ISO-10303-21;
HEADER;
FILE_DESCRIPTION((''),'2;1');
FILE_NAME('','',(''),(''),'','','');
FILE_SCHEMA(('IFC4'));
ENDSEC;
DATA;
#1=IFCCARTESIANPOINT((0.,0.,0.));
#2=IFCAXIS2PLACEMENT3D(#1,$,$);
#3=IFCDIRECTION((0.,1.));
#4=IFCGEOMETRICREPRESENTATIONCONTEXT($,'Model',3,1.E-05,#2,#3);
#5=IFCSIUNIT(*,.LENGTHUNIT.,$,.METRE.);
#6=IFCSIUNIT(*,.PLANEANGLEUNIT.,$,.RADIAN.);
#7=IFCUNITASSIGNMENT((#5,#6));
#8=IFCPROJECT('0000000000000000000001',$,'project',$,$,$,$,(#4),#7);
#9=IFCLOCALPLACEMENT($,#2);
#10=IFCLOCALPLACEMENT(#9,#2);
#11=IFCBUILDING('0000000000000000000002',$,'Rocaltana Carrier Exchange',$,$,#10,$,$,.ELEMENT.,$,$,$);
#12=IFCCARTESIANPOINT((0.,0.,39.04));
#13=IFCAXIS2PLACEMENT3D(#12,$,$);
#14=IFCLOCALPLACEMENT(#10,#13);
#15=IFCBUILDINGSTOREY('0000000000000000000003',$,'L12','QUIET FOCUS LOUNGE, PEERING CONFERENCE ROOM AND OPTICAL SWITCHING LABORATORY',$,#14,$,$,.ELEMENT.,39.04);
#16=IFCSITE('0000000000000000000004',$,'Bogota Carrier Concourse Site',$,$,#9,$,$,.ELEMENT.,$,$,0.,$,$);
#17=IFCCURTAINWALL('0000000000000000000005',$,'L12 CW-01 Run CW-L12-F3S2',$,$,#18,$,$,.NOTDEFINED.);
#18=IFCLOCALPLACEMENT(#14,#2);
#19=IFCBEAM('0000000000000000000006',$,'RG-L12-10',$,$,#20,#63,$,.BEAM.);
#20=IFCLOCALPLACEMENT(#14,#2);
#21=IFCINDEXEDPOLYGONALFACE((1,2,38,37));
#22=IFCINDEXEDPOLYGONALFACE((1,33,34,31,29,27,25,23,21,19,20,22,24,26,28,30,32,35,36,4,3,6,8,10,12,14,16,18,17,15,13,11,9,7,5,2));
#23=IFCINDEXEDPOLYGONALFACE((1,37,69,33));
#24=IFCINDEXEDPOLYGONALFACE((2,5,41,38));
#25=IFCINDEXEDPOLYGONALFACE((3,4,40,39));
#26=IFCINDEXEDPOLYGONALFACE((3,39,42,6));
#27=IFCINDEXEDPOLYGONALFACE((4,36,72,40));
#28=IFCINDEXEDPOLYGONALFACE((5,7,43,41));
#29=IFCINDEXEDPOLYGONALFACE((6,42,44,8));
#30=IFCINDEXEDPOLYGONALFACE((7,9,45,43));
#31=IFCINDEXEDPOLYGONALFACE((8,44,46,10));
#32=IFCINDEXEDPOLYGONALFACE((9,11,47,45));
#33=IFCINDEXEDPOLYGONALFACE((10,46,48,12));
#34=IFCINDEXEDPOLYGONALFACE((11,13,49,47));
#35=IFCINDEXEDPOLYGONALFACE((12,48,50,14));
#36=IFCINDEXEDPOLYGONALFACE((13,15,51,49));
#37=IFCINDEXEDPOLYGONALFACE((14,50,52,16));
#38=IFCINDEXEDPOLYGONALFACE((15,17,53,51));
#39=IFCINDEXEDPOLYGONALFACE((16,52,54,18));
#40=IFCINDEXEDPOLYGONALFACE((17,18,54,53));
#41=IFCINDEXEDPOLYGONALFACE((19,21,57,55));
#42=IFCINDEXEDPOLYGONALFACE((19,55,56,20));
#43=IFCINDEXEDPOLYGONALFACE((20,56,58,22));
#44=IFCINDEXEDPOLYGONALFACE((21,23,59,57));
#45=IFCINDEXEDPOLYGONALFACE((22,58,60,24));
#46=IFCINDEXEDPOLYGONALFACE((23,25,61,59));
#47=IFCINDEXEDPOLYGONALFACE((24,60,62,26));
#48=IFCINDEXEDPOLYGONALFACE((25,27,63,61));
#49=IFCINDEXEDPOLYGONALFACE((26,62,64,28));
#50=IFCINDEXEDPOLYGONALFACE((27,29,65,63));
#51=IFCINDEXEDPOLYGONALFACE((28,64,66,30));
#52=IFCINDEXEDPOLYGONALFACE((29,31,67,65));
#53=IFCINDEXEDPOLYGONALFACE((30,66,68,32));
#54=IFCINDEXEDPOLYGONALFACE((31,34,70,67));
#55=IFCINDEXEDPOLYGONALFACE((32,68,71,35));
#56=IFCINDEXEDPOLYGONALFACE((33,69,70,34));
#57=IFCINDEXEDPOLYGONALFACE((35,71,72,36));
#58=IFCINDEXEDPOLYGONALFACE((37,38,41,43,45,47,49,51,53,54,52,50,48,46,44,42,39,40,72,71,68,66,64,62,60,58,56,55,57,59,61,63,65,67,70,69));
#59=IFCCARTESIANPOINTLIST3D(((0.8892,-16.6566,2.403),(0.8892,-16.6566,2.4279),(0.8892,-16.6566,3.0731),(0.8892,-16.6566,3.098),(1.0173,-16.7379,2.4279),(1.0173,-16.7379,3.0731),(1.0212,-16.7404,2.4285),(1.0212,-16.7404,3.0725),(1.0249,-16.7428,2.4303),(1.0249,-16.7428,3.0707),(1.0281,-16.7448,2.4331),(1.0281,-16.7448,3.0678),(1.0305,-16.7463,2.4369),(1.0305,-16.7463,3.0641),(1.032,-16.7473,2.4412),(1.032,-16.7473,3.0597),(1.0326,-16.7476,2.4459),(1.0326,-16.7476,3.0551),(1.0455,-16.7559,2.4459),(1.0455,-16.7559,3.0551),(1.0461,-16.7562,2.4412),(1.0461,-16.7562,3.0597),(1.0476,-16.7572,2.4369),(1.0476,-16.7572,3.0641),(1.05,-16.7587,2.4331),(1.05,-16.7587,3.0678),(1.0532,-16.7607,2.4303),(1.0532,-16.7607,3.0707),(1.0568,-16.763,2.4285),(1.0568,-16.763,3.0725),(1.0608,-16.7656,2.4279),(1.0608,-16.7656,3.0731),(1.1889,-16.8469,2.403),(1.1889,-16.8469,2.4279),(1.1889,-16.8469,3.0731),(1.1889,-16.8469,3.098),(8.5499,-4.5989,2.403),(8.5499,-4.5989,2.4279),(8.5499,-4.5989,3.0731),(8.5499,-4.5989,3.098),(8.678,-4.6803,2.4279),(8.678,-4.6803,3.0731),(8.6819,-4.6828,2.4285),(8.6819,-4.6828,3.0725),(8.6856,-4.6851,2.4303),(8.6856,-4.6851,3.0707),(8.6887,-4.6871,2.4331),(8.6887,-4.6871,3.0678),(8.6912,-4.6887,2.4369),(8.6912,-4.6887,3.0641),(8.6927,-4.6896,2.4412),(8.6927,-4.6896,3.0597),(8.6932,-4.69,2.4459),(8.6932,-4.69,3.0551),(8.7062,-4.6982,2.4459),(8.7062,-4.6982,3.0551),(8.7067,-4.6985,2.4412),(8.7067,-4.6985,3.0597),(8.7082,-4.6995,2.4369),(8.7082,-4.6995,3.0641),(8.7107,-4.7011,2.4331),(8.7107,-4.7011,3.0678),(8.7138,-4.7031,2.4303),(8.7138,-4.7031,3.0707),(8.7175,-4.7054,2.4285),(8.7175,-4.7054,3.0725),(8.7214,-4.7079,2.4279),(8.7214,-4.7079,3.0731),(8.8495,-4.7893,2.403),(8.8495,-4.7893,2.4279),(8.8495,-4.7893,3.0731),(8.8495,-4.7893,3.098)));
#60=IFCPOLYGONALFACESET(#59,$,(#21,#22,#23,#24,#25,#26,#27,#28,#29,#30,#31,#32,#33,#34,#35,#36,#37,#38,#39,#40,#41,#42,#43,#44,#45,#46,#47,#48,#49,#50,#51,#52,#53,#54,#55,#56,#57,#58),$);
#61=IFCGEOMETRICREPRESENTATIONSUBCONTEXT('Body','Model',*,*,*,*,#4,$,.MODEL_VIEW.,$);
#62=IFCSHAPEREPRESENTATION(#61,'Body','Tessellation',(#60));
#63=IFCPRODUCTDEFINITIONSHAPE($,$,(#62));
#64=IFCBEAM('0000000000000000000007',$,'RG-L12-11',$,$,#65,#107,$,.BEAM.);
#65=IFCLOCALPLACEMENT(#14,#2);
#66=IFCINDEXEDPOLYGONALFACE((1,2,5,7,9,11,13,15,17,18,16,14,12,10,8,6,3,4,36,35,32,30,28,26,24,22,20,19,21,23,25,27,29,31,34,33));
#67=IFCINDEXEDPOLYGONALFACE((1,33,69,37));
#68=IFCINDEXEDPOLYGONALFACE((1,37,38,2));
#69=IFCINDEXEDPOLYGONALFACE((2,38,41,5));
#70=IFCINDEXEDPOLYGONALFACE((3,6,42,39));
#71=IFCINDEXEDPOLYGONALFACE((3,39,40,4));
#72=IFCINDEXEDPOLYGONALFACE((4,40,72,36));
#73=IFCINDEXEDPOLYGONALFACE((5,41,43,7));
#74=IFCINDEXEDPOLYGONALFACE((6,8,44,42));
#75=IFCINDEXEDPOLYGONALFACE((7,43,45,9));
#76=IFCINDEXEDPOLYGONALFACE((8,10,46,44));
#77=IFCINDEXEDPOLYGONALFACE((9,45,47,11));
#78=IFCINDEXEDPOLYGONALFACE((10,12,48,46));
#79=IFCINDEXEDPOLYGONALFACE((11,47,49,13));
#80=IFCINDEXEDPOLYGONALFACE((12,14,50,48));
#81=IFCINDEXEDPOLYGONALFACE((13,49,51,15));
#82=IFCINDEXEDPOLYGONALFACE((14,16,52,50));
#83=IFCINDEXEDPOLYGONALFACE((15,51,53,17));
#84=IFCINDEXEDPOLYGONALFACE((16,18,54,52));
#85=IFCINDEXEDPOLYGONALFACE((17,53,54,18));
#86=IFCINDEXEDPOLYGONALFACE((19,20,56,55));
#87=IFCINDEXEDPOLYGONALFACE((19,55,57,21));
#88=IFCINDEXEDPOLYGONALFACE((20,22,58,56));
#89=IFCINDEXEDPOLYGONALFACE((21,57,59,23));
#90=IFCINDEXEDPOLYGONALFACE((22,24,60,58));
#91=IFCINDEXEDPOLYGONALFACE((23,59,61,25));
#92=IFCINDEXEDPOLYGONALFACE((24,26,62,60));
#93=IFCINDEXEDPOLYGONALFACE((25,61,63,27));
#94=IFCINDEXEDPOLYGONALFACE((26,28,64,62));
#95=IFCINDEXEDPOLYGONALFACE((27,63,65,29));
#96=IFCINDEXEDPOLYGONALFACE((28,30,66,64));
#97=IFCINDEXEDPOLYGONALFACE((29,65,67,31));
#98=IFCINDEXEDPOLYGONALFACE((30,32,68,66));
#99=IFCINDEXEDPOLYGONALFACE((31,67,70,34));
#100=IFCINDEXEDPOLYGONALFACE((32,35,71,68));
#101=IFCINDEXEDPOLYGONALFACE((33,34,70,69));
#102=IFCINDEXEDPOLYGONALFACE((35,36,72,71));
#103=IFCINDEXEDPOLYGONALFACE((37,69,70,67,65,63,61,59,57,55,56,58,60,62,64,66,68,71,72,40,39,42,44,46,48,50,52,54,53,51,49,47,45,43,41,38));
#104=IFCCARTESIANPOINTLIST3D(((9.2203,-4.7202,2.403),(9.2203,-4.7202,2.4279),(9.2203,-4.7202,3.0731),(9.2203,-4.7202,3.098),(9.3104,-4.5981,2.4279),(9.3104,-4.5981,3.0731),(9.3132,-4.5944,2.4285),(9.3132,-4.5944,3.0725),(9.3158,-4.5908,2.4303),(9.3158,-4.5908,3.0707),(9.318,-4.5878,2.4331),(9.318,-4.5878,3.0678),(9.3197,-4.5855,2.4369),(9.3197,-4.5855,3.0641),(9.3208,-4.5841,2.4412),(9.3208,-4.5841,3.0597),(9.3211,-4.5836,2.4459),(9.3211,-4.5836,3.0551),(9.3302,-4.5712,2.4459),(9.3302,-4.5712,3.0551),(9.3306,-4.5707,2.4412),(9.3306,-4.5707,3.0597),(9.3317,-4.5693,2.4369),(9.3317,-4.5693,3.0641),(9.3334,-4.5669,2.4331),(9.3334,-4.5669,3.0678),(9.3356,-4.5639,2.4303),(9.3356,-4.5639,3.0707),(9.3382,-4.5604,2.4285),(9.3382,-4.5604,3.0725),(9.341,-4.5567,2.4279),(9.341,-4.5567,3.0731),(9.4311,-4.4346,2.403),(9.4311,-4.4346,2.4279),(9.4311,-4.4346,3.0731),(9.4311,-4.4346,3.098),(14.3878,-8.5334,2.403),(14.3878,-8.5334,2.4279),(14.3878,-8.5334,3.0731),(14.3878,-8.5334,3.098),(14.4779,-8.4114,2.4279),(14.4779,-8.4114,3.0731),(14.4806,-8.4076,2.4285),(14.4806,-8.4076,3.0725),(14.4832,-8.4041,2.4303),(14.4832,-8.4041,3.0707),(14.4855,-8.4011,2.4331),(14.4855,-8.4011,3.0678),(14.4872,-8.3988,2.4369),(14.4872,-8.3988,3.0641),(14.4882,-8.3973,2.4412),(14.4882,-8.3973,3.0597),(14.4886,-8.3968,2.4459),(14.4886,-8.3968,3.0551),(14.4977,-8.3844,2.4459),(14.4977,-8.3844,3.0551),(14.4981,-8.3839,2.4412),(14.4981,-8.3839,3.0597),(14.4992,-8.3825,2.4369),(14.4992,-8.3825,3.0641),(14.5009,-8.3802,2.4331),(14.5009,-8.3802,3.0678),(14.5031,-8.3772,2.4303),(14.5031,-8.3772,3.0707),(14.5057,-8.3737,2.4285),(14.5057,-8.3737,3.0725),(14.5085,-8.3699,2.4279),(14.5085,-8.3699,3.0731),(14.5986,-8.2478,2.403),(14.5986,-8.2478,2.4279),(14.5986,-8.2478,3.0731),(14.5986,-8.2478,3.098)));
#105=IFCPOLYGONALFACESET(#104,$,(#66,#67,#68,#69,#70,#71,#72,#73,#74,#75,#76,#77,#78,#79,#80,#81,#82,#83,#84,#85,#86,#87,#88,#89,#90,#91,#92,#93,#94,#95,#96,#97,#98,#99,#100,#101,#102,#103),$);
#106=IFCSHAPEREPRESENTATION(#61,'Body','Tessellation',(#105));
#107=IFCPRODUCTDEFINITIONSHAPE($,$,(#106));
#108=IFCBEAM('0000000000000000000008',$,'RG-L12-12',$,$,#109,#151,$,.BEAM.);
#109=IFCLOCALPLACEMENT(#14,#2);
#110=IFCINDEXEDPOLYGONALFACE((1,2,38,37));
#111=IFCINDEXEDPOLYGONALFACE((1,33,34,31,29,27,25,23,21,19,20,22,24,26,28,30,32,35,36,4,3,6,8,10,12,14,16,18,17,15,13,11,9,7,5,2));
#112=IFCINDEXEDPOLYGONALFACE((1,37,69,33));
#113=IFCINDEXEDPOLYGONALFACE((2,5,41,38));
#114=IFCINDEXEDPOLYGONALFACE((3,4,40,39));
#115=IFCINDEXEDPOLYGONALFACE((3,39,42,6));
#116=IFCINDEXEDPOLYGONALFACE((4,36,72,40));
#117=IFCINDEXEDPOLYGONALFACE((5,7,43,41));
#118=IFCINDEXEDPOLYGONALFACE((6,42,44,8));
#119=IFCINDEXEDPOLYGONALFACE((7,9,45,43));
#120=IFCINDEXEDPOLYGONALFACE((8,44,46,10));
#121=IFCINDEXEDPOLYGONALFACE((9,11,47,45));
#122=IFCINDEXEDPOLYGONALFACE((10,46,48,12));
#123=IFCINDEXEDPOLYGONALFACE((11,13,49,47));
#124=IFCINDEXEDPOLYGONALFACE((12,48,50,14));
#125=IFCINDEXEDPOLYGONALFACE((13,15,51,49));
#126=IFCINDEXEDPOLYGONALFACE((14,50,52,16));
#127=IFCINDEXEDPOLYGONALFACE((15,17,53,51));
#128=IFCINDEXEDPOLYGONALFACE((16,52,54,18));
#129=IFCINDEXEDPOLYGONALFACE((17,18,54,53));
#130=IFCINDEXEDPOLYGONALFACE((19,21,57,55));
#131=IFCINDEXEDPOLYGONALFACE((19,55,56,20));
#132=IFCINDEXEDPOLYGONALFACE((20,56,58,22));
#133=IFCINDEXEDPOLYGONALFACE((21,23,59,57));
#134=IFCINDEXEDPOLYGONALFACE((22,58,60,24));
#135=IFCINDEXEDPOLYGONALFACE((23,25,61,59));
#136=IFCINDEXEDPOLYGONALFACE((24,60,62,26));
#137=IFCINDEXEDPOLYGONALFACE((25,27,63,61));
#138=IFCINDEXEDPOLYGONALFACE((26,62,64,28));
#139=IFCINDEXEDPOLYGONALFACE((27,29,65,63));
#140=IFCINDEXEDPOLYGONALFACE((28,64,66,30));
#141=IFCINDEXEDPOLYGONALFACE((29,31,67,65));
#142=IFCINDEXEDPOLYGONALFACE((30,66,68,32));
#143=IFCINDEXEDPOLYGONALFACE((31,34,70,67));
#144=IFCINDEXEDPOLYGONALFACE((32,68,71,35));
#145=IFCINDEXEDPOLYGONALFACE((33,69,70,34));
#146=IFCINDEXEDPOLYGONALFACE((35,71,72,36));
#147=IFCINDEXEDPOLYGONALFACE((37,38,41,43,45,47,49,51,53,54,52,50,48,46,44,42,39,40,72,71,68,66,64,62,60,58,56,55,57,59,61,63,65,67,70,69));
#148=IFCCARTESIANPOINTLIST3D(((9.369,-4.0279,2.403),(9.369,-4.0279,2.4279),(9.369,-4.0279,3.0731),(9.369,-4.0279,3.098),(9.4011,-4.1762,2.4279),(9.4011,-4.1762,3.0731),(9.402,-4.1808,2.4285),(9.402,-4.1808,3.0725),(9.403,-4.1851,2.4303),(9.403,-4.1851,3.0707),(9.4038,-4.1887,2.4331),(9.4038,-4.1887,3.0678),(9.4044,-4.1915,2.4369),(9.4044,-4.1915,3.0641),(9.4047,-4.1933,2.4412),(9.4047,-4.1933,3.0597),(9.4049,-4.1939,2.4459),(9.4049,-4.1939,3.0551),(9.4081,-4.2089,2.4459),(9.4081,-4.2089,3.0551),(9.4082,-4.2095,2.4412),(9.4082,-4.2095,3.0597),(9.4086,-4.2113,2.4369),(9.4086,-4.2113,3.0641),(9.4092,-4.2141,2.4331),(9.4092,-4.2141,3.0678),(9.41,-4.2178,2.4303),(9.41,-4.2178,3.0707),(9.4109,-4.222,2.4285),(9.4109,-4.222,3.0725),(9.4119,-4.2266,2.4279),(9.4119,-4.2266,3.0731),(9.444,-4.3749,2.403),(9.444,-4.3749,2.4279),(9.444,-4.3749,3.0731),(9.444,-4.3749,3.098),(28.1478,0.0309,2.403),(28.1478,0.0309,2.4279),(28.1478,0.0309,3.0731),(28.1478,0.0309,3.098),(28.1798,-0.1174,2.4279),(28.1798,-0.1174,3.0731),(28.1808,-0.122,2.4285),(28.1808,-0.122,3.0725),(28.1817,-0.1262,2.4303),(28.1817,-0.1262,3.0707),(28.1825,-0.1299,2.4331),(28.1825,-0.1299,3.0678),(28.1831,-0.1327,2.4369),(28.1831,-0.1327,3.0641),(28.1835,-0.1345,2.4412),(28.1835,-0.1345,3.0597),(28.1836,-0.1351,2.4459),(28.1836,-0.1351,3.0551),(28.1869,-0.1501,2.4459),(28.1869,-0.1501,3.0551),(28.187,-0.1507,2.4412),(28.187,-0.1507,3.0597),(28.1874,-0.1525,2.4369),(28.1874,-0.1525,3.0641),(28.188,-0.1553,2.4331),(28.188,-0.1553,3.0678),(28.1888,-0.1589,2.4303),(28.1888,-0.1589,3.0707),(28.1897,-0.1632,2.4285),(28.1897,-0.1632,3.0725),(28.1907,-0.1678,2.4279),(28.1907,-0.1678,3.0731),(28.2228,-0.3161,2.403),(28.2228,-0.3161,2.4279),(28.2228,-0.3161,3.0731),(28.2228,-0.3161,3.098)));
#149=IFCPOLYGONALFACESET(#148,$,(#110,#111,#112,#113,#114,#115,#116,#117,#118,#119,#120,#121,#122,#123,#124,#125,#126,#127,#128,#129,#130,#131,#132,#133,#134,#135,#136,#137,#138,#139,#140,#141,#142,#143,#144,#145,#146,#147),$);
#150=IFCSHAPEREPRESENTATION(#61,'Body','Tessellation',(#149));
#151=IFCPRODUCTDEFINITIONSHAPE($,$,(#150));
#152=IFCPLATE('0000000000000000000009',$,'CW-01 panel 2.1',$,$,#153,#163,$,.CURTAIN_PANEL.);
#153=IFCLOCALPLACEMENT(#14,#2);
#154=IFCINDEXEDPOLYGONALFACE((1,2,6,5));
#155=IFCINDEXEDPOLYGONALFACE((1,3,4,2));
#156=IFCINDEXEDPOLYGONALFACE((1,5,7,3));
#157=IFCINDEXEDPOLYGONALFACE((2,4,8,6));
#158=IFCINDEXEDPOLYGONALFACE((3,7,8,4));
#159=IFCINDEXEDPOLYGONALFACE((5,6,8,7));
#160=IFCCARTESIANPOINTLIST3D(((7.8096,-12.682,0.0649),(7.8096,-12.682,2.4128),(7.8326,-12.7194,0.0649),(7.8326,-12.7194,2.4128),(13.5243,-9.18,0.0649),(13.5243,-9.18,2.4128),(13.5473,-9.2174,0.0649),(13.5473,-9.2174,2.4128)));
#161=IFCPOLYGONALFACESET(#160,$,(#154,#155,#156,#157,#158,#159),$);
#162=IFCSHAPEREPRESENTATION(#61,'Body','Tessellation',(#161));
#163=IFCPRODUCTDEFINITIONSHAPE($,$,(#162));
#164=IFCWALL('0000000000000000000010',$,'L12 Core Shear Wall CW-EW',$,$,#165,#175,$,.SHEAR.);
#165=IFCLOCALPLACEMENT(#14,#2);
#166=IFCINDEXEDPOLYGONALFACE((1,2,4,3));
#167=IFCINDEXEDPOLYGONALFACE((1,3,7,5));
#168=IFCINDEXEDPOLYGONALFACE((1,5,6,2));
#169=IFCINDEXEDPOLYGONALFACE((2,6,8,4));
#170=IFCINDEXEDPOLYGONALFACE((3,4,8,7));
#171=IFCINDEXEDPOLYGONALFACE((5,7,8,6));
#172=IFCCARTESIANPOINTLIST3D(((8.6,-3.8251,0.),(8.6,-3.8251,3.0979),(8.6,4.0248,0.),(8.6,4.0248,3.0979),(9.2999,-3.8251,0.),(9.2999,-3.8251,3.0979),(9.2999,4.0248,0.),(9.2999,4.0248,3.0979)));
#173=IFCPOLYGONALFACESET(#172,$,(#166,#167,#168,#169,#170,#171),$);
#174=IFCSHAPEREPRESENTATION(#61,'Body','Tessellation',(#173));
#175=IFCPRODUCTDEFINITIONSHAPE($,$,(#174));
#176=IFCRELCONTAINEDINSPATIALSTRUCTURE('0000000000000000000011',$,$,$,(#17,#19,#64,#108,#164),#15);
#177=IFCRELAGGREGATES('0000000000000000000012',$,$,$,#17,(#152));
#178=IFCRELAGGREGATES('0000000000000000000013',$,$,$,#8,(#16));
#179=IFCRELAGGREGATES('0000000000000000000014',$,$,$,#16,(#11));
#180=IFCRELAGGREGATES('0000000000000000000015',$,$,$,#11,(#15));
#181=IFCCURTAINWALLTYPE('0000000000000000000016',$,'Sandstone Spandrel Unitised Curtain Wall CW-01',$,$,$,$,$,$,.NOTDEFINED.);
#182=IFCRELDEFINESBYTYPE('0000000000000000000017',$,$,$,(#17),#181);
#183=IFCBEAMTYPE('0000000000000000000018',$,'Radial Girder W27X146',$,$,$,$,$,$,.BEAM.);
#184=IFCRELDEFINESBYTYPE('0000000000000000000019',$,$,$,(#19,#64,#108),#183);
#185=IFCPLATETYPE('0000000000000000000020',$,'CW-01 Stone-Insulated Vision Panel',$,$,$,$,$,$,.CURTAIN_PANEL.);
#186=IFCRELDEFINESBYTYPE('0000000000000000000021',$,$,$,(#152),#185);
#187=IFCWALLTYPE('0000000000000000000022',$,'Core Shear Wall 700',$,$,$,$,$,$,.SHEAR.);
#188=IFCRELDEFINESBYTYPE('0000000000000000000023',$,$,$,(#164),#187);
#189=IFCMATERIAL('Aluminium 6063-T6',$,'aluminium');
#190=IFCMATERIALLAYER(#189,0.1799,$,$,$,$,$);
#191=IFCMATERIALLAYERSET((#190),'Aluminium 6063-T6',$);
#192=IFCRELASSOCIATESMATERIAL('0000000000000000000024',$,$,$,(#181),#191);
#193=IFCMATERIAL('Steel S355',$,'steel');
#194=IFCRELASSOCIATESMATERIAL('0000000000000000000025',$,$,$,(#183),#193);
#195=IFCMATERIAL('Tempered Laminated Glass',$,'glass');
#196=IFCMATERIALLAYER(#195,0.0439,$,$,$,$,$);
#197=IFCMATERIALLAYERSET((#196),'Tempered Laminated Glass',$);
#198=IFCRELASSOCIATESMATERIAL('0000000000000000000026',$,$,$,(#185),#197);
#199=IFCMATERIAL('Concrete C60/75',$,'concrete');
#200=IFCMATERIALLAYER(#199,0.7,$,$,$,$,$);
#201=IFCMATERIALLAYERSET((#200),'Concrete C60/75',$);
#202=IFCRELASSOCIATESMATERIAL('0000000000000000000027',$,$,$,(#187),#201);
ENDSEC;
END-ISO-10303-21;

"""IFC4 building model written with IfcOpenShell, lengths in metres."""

from ifc_helpers import new_model, si_unit, direction, frame, frame_2d, origin, origin_2d, place, context, subcontext, project, spatial, rectangle, i_section, extrude, material, layer, layer_set, material_profile, profile_set, type_object, element, aggregate, save


model = new_model("IFC4")

# Units and contexts
model_context = context("Model", 3, precision=1e-05, world=origin(), true_north=direction((0.0, 1.0)))
body_context = subcontext(model_context, "Body", "Model", "MODEL_VIEW")
ifc_project = project(units=[si_unit("LENGTHUNIT", "METRE"), si_unit("PLANEANGLEUNIT", "RADIAN")], contexts=[model_context])

# Site, building, storey
site_placement = place(None, origin())
site = spatial("IfcSite", under=ifc_project, at=site_placement, Name="Bogota Carrier Concourse Site", CompositionType="ELEMENT", RefElevation=0.0)
building_placement = place(site_placement, origin())
building = spatial("IfcBuilding", under=site, at=building_placement, Name="Rocaltana Carrier Exchange", CompositionType="ELEMENT")
storey_placement = place(building_placement, frame((0.0, 0.0, 39.04)))
storey = spatial("IfcBuildingStorey", under=building, at=storey_placement, Name="L12", Description="QUIET FOCUS LOUNGE, PEERING CONFERENCE ROOM AND OPTICAL SWITCHING LABORATORY", CompositionType="ELEMENT", Elevation=39.04)

# Curtain wall
ifc_material_1 = material(Name="Aluminium 6063-T6", Category="aluminium")
ifc_layer_1 = layer(ifc_material_1, 0.1799)
ifc_layer_set_1 = layer_set([ifc_layer_1], Name="Aluminium 6063-T6")
curtain_wall_type = type_object("IfcCurtainWallType", Name="Sandstone Spandrel Unitised Curtain Wall CW-01", PredefinedType="NOTDEFINED", material=ifc_layer_set_1)
curtain_wall_placement = place(storey_placement, origin())
curtain_wall = element("IfcCurtainWall", 1, at=curtain_wall_placement, inside=storey, type_object=curtain_wall_type, Name="L12 CW-01 Run CW-L12-F3S2", PredefinedType="NOTDEFINED")

# Beams
ifc_material_2 = material(Name="Steel S355", Category="steel")
ifc_material_profile_1 = material_profile(ifc_material_2, i_section(OverallWidth=0.355, OverallDepth=0.6951, WebThickness=0.0154, FlangeThickness=0.0249, FilletRadius=0.0181, at=origin_2d()), Name="W27X146")
ifc_profile_set_1 = profile_set([ifc_material_profile_1], Name="Steel S355")
beam_type_1 = type_object("IfcBeamType", Name="Radial Girder W27X146", PredefinedType="BEAM", material=ifc_profile_set_1)
beam_1_placement = place(storey_placement, frame((8.6997, -4.6941, 2.7505), z_axis=(-0.536258, -0.844054, 0.0), x_axis=(0.844054, -0.536258, 0.0)))
element("IfcBeam", 2, at=beam_1_placement, inside=storey, type_object=beam_type_1, Name="RG-L12-10", PredefinedType="BEAM", context=body_context, shape_type="SweptSolid", body=[
    extrude(i_section(OverallWidth=0.355, OverallDepth=0.6951, WebThickness=0.0154, FlangeThickness=0.0249, FilletRadius=0.0181, at=origin_2d()), origin(), (0.0, 0.0, 1.0), 14.2854),
])
beam_2_placement = place(storey_placement, frame((9.3257, -4.5774, 2.7505), z_axis=(0.804638, -0.593766, 0.0), x_axis=(0.593766, 0.804638, 0.0)))
element("IfcBeam", 3, at=beam_2_placement, inside=storey, type_object=beam_type_1, Name="RG-L12-11", PredefinedType="BEAM", context=body_context, shape_type="SweptSolid", body=[
    extrude(i_section(OverallWidth=0.355, OverallDepth=0.6951, WebThickness=0.0154, FlangeThickness=0.0249, FilletRadius=0.0181, at=origin_2d()), origin(), (0.0, 0.0, 1.0), 6.4221),
])
beam_3_placement = place(storey_placement, frame((9.4065, -4.2014, 2.7505), z_axis=(0.97743, 0.211261, 0.0), x_axis=(-0.211261, 0.97743, 0.0)))
element("IfcBeam", 4, at=beam_3_placement, inside=storey, type_object=beam_type_1, Name="RG-L12-12", PredefinedType="BEAM", context=body_context, shape_type="SweptSolid", body=[
    extrude(i_section(OverallWidth=0.355, OverallDepth=0.6951, WebThickness=0.0154, FlangeThickness=0.0249, FilletRadius=0.0181, at=origin_2d()), origin(), (0.0, 0.0, 1.0), 19.2124),
])

# Plate
ifc_material_3 = material(Name="Tempered Laminated Glass", Category="glass")
ifc_layer_2 = layer(ifc_material_3, 0.0439)
ifc_layer_set_2 = layer_set([ifc_layer_2], Name="Tempered Laminated Glass")
plate_type = type_object("IfcPlateType", Name="CW-01 Stone-Insulated Vision Panel", PredefinedType="CURTAIN_PANEL", material=ifc_layer_set_2)
plate_placement = place(storey_placement, frame((10.6785, -10.9497, 0.0649), z_axis=(0.0, 0.0, 1.0), x_axis=(0.852639, 0.5225, 0.0)))
plate = element("IfcPlate", 5, at=plate_placement, type_object=plate_type, Name="CW-01 panel 2.1", PredefinedType="CURTAIN_PANEL", context=body_context, shape_type="SweptSolid", body=[
    extrude(rectangle(XDim=6.7024, YDim=0.0439, at=origin_2d()), origin(), (0.0, 0.0, 1.0), 2.3479),
])
aggregate(curtain_wall, [plate])

# Wall
ifc_material_4 = material(Name="Concrete C60/75", Category="concrete")
ifc_layer_3 = layer(ifc_material_4, 0.7)
ifc_layer_set_3 = layer_set([ifc_layer_3], Name="Concrete C60/75")
wall_type_1 = type_object("IfcWallType", Name="Core Shear Wall 700", PredefinedType="SHEAR", material=ifc_layer_set_3)
wall_1_placement = place(storey_placement, frame((8.95, -3.825, 0.0), z_axis=(0.0, 0.0, 1.0), x_axis=(0.0, 1.0, 0.0)))
element("IfcWall", 6, at=wall_1_placement, inside=storey, type_object=wall_type_1, Name="L12 Core Shear Wall CW-EW", PredefinedType="SHEAR", context=body_context, shape_type="SweptSolid", body=[
    extrude(rectangle(XDim=7.8499, YDim=0.7, at=frame_2d((3.9248, 0.0))), origin(), (0.0, 0.0, 1.0), 3.0979),
])

save(model, "model.ifc")
